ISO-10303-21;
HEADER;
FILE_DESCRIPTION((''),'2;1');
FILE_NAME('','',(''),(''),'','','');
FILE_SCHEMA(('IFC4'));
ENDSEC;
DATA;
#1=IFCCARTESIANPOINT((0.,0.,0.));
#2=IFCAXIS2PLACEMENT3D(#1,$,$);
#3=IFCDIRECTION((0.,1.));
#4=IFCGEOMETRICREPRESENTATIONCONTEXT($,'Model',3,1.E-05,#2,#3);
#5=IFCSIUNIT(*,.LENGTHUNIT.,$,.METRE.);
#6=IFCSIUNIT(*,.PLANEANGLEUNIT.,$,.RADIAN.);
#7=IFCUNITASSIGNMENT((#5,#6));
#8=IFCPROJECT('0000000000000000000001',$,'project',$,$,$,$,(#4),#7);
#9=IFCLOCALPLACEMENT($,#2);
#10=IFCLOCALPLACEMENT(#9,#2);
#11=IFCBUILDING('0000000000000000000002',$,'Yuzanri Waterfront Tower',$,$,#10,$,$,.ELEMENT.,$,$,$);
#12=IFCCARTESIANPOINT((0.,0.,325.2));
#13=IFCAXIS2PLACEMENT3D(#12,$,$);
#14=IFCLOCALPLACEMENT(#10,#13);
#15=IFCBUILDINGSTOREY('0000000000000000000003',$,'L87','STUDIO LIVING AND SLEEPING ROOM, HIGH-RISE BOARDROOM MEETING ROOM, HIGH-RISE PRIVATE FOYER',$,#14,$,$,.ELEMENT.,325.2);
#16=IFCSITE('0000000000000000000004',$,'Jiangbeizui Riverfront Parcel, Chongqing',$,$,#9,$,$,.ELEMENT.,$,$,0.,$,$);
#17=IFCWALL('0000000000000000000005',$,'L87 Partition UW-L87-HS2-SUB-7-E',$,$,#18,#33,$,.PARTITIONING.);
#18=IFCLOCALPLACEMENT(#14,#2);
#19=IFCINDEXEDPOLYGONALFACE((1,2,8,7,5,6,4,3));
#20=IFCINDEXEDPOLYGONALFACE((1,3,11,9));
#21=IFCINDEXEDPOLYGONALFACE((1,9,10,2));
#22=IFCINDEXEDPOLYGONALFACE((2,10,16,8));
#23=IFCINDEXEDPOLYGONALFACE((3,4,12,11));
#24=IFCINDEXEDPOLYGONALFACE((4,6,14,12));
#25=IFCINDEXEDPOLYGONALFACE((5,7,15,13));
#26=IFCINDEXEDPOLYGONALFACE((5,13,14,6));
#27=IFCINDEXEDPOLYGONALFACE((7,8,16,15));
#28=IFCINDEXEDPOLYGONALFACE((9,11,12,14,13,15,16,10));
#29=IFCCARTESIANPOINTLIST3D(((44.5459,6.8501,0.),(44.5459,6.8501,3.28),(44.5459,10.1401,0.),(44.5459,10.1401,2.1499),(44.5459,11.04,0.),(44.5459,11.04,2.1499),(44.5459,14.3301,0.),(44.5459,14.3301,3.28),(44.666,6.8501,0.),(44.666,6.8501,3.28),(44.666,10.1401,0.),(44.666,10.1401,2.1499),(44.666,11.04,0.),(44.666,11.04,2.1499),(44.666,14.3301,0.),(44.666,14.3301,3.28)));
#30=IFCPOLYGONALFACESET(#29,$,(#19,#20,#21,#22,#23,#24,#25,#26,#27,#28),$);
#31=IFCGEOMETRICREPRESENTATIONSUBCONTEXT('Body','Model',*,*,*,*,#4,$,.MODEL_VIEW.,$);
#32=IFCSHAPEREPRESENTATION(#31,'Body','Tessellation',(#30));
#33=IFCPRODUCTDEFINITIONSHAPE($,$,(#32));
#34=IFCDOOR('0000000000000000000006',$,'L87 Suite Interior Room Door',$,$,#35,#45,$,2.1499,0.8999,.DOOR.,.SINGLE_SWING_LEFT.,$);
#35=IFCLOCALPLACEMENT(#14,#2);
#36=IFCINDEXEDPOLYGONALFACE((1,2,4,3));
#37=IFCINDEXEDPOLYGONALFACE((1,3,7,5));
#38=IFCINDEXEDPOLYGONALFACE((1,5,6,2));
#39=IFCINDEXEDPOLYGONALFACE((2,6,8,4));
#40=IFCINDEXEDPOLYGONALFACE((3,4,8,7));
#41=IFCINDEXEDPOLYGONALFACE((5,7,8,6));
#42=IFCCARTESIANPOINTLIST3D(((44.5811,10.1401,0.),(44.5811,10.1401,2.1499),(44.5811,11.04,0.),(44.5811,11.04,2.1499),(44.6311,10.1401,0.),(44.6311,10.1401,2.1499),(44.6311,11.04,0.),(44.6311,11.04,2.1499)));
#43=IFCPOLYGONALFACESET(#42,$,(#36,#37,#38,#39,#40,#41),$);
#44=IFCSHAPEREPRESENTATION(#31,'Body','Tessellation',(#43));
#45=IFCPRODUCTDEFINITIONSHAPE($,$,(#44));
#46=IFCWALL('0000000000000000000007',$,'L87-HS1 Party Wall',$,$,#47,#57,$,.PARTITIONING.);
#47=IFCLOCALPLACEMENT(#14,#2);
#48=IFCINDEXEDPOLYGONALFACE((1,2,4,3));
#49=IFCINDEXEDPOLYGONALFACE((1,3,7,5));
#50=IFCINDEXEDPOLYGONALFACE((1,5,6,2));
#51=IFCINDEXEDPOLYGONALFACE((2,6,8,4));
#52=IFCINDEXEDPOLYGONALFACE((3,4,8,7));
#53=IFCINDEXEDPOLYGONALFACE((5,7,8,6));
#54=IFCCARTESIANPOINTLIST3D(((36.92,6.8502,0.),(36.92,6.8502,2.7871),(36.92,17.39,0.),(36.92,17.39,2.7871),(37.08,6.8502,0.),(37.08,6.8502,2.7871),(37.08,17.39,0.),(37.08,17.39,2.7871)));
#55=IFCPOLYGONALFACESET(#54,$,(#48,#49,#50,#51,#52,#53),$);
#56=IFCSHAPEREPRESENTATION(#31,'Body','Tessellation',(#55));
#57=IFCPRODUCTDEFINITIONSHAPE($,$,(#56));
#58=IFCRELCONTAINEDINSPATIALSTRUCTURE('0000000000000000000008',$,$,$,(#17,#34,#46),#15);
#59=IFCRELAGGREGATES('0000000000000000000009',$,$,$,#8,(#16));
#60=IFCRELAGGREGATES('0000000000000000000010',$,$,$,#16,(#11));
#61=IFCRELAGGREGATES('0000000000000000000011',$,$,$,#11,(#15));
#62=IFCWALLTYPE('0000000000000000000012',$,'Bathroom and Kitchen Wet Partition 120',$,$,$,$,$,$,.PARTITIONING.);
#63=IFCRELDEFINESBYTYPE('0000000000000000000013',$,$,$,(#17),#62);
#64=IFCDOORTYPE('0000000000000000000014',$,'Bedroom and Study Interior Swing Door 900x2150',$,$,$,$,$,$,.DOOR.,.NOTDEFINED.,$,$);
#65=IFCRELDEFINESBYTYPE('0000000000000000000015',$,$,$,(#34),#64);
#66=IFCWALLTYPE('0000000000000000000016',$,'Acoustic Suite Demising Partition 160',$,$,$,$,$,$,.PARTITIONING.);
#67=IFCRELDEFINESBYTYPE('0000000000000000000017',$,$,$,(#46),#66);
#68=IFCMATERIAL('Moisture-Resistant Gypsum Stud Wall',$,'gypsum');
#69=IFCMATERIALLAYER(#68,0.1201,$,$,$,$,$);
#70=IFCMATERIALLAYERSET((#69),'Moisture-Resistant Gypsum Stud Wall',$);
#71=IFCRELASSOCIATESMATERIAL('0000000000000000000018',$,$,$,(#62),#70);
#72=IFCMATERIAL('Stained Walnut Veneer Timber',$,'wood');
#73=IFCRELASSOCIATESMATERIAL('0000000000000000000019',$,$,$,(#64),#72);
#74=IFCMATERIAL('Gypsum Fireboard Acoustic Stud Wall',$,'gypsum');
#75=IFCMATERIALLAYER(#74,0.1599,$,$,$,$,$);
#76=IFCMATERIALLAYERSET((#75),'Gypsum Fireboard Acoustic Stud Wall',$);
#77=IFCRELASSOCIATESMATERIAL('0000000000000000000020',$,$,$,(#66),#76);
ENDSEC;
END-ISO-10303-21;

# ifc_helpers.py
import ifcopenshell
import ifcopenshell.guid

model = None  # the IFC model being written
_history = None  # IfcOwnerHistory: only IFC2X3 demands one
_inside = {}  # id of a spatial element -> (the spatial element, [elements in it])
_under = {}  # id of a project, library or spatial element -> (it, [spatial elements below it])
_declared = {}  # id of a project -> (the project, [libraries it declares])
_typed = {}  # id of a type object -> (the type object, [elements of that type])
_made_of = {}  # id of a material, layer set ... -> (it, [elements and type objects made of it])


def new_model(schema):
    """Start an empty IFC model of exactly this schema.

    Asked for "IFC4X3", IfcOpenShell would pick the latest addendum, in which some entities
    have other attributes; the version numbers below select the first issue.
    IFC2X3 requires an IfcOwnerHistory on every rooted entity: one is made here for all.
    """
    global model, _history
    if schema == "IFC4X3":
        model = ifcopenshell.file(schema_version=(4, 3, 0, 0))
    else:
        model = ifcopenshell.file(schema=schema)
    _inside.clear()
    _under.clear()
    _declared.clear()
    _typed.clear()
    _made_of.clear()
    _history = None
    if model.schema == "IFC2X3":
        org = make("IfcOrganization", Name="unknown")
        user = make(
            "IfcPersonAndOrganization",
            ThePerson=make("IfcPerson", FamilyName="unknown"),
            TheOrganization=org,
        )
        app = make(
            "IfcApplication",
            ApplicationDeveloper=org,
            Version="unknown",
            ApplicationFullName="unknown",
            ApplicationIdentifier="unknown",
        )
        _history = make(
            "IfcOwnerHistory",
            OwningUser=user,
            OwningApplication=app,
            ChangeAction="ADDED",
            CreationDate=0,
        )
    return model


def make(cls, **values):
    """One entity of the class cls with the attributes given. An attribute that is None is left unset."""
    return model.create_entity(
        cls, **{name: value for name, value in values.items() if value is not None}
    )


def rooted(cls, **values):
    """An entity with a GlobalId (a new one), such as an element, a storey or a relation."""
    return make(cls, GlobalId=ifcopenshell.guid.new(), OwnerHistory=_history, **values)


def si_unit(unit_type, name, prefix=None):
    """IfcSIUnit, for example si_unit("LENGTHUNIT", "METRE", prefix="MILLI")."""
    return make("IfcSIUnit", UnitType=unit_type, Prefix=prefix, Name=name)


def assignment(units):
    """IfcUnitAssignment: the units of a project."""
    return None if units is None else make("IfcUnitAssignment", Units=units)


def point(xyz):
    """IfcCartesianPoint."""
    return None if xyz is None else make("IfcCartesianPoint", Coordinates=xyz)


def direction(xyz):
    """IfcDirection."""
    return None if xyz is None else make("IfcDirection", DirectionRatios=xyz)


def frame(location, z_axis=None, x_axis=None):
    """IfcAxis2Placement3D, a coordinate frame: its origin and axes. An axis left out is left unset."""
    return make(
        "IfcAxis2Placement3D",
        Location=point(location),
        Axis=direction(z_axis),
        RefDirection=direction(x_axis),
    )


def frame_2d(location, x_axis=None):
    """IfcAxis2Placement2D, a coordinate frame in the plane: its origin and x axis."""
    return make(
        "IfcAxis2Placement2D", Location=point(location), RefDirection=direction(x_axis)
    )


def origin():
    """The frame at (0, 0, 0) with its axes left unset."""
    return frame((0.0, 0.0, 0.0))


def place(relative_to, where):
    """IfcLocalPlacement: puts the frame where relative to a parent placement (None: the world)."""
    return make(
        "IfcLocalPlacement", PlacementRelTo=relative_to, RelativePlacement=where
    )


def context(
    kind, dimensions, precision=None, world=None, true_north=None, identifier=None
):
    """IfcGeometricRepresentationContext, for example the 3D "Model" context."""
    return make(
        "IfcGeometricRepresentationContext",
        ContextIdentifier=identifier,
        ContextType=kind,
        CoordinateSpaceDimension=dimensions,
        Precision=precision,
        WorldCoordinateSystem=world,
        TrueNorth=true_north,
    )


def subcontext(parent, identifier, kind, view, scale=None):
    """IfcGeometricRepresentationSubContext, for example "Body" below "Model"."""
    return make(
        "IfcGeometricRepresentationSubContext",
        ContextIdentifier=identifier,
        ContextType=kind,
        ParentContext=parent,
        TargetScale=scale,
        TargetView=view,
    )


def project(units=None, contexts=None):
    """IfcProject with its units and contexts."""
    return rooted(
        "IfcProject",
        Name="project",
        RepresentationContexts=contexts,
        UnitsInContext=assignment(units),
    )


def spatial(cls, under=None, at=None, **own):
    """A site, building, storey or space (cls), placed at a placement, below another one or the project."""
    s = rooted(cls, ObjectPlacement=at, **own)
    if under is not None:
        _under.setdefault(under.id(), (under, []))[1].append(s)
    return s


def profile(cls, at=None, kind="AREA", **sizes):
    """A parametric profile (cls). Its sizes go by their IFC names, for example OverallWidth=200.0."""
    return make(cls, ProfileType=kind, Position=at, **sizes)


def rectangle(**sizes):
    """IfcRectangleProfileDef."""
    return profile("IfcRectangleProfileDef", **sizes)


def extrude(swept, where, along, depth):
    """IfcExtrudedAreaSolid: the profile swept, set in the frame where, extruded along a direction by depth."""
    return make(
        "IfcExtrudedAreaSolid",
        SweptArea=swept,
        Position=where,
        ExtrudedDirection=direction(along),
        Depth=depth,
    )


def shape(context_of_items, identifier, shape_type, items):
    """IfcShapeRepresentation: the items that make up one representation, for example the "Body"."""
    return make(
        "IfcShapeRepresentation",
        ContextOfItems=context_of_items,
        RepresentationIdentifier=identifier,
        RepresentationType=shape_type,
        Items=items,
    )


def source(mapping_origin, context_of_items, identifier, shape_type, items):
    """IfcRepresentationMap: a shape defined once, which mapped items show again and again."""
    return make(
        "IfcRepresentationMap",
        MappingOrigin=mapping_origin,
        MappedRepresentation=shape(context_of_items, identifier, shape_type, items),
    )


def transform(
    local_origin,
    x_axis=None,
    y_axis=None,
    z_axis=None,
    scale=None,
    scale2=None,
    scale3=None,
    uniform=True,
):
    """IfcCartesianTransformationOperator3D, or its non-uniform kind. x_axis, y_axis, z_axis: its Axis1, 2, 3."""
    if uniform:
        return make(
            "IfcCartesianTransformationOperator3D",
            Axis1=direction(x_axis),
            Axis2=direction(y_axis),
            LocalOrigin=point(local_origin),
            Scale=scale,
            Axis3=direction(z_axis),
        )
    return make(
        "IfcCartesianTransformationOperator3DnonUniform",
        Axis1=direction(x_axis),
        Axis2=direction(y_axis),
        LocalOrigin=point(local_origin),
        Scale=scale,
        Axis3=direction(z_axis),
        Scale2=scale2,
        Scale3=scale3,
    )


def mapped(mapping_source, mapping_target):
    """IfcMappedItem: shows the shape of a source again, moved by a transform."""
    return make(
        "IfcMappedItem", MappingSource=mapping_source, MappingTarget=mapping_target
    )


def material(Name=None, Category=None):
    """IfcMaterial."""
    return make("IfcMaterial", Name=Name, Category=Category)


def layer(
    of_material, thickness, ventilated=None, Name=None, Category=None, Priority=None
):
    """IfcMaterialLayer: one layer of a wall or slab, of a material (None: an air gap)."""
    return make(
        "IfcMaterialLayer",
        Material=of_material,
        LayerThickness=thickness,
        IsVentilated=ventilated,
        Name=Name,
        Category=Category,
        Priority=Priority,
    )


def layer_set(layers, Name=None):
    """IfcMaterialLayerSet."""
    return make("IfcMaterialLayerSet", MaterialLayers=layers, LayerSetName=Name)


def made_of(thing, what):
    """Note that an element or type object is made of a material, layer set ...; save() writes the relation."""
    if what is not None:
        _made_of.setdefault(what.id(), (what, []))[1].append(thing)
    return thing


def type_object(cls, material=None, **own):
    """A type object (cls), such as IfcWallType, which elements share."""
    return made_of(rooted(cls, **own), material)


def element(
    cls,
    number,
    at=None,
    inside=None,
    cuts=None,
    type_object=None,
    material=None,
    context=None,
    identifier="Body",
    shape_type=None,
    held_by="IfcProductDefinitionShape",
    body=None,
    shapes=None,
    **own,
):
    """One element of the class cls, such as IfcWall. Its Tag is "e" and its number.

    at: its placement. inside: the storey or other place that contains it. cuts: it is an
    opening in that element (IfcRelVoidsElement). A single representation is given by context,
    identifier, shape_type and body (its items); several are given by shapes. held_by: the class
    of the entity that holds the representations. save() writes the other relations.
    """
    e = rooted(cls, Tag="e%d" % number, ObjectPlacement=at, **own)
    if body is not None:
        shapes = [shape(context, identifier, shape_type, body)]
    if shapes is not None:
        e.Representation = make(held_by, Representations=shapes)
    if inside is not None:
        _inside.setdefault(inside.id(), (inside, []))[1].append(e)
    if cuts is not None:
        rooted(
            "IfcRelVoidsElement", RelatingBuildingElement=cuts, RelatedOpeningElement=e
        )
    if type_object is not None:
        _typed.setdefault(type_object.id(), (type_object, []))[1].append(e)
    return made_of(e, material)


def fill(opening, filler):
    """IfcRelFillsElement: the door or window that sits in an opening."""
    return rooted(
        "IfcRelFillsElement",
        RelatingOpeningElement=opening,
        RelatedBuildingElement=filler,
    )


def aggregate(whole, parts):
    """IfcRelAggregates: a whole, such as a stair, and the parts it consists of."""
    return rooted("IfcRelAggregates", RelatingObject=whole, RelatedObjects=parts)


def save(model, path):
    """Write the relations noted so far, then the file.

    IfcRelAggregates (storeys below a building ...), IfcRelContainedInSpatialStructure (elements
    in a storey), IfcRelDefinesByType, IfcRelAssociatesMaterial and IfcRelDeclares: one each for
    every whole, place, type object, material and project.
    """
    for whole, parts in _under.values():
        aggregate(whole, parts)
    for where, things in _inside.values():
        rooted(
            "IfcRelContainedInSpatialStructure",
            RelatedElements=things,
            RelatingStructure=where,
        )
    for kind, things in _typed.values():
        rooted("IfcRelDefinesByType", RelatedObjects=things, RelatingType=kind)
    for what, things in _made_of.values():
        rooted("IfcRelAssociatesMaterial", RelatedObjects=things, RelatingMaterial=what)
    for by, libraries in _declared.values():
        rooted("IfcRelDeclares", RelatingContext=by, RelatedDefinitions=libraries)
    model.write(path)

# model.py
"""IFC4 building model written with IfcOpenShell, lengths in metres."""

from ifc_helpers import new_model, si_unit, direction, frame, frame_2d, origin, place, context, subcontext, project, spatial, rectangle, extrude, source, transform, mapped, material, layer, layer_set, type_object, element, fill, save


model = new_model("IFC4")

# Units and contexts
model_context = context("Model", 3, precision=1e-05, world=origin(), true_north=direction((0.0, 1.0)))
body_context = subcontext(model_context, "Body", "Model", "MODEL_VIEW")
ifc_project = project(units=[si_unit("LENGTHUNIT", "METRE"), si_unit("PLANEANGLEUNIT", "RADIAN")], contexts=[model_context])

# Site, building, storey
site_placement = place(None, origin())
site = spatial("IfcSite", under=ifc_project, at=site_placement, Name="Jiangbeizui Riverfront Parcel, Chongqing", CompositionType="ELEMENT", RefElevation=0.0)
building_placement = place(site_placement, origin())
building = spatial("IfcBuilding", under=site, at=building_placement, Name="Yuzanri Waterfront Tower", CompositionType="ELEMENT")
storey_placement = place(building_placement, frame((0.0, 0.0, 325.2)))
storey = spatial("IfcBuildingStorey", under=building, at=storey_placement, Name="L87", Description="STUDIO LIVING AND SLEEPING ROOM, HIGH-RISE BOARDROOM MEETING ROOM, HIGH-RISE PRIVATE FOYER", CompositionType="ELEMENT", Elevation=325.2)

# Wall, opening, door
ifc_material_1 = material(Name="Moisture-Resistant Gypsum Stud Wall", Category="gypsum")
ifc_layer_1 = layer(ifc_material_1, 0.1201)
ifc_layer_set_1 = layer_set([ifc_layer_1], Name="Moisture-Resistant Gypsum Stud Wall")
wall_type_1 = type_object("IfcWallType", Name="Bathroom and Kitchen Wet Partition 120", PredefinedType="PARTITIONING", material=ifc_layer_set_1)
ifc_material_2 = material(Name="Stained Walnut Veneer Timber", Category="wood")
door_type_1 = type_object("IfcDoorType", Name="Bedroom and Study Interior Swing Door 900x2150", OperationType="NOTDEFINED", PredefinedType="DOOR", material=ifc_material_2)
shared_shape_1 = source(origin(), body_context, "Body", "SweptSolid", [
    extrude(rectangle(XDim=0.8999, YDim=2.1499, at=frame_2d((0.45, 1.075))), frame((0.0, 0.0249, 0.0), z_axis=(0.0, -1.0, 0.0), x_axis=(1.0, 0.0, 0.0)), (0.0, 0.0, 1.0), 0.05),
])
wall_1_placement = place(storey_placement, frame((44.606, 6.8501, 0.0), z_axis=(0.0, 0.0, 1.0), x_axis=(0.0, 1.0, 0.0)))
wall_1 = element("IfcWall", 1, at=wall_1_placement, inside=storey, type_object=wall_type_1, Name="L87 Partition UW-L87-HS2-SUB-7-E", PredefinedType="PARTITIONING", context=body_context, shape_type="SweptSolid", body=[
    extrude(rectangle(XDim=7.48, YDim=0.1201, at=frame_2d((3.74, 0.0))), origin(), (0.0, 0.0, 1.0), 3.28),
])
opening_1_placement = place(wall_1_placement, frame((3.29, 0.0, 0.0)))
opening_1 = element("IfcOpeningElement", 2, at=opening_1_placement, cuts=wall_1, PredefinedType="OPENING", context=body_context, shape_type="SweptSolid", body=[
    extrude(rectangle(XDim=0.8999, YDim=2.1499, at=frame_2d((0.45, 1.075))), frame((0.0, 0.075, 0.0), z_axis=(0.0, -1.0, 0.0), x_axis=(1.0, 0.0, 0.0)), (0.0, 0.0, 1.0), 0.1499),
])
door_1_placement = place(opening_1_placement, origin())
door_1 = element("IfcDoor", 3, at=door_1_placement, inside=storey, type_object=door_type_1, Name="L87 Suite Interior Room Door", OperationType="SINGLE_SWING_LEFT", OverallHeight=2.1499, OverallWidth=0.8999, PredefinedType="DOOR", context=body_context, shape_type="MappedRepresentation", body=[
    mapped(shared_shape_1, transform((0.0, 0.0, 0.0), scale=1.0)),
])
fill(opening_1, door_1)

# Wall
ifc_material_3 = material(Name="Gypsum Fireboard Acoustic Stud Wall", Category="gypsum")
ifc_layer_2 = layer(ifc_material_3, 0.1599)
ifc_layer_set_2 = layer_set([ifc_layer_2], Name="Gypsum Fireboard Acoustic Stud Wall")
wall_type_2 = type_object("IfcWallType", Name="Acoustic Suite Demising Partition 160", PredefinedType="PARTITIONING", material=ifc_layer_set_2)
shared_shape_2 = source(origin(), body_context, "Body", "SweptSolid", [
    extrude(rectangle(XDim=10.5398, YDim=0.1599, at=frame_2d((5.27, 0.0))), origin(), (0.0, 0.0, 1.0), 2.7871),
])
wall_2_placement = place(storey_placement, frame((37.0, 6.8501, 0.0), z_axis=(0.0, 0.0, 1.0), x_axis=(0.0, 1.0, 0.0)))
element("IfcWall", 4, at=wall_2_placement, inside=storey, type_object=wall_type_2, Name="L87-HS1 Party Wall", PredefinedType="PARTITIONING", context=body_context, shape_type="MappedRepresentation", body=[
    mapped(shared_shape_2, transform((0.0, 0.0, 0.0), scale=1.0)),
])

save(model, "model.ifc")
